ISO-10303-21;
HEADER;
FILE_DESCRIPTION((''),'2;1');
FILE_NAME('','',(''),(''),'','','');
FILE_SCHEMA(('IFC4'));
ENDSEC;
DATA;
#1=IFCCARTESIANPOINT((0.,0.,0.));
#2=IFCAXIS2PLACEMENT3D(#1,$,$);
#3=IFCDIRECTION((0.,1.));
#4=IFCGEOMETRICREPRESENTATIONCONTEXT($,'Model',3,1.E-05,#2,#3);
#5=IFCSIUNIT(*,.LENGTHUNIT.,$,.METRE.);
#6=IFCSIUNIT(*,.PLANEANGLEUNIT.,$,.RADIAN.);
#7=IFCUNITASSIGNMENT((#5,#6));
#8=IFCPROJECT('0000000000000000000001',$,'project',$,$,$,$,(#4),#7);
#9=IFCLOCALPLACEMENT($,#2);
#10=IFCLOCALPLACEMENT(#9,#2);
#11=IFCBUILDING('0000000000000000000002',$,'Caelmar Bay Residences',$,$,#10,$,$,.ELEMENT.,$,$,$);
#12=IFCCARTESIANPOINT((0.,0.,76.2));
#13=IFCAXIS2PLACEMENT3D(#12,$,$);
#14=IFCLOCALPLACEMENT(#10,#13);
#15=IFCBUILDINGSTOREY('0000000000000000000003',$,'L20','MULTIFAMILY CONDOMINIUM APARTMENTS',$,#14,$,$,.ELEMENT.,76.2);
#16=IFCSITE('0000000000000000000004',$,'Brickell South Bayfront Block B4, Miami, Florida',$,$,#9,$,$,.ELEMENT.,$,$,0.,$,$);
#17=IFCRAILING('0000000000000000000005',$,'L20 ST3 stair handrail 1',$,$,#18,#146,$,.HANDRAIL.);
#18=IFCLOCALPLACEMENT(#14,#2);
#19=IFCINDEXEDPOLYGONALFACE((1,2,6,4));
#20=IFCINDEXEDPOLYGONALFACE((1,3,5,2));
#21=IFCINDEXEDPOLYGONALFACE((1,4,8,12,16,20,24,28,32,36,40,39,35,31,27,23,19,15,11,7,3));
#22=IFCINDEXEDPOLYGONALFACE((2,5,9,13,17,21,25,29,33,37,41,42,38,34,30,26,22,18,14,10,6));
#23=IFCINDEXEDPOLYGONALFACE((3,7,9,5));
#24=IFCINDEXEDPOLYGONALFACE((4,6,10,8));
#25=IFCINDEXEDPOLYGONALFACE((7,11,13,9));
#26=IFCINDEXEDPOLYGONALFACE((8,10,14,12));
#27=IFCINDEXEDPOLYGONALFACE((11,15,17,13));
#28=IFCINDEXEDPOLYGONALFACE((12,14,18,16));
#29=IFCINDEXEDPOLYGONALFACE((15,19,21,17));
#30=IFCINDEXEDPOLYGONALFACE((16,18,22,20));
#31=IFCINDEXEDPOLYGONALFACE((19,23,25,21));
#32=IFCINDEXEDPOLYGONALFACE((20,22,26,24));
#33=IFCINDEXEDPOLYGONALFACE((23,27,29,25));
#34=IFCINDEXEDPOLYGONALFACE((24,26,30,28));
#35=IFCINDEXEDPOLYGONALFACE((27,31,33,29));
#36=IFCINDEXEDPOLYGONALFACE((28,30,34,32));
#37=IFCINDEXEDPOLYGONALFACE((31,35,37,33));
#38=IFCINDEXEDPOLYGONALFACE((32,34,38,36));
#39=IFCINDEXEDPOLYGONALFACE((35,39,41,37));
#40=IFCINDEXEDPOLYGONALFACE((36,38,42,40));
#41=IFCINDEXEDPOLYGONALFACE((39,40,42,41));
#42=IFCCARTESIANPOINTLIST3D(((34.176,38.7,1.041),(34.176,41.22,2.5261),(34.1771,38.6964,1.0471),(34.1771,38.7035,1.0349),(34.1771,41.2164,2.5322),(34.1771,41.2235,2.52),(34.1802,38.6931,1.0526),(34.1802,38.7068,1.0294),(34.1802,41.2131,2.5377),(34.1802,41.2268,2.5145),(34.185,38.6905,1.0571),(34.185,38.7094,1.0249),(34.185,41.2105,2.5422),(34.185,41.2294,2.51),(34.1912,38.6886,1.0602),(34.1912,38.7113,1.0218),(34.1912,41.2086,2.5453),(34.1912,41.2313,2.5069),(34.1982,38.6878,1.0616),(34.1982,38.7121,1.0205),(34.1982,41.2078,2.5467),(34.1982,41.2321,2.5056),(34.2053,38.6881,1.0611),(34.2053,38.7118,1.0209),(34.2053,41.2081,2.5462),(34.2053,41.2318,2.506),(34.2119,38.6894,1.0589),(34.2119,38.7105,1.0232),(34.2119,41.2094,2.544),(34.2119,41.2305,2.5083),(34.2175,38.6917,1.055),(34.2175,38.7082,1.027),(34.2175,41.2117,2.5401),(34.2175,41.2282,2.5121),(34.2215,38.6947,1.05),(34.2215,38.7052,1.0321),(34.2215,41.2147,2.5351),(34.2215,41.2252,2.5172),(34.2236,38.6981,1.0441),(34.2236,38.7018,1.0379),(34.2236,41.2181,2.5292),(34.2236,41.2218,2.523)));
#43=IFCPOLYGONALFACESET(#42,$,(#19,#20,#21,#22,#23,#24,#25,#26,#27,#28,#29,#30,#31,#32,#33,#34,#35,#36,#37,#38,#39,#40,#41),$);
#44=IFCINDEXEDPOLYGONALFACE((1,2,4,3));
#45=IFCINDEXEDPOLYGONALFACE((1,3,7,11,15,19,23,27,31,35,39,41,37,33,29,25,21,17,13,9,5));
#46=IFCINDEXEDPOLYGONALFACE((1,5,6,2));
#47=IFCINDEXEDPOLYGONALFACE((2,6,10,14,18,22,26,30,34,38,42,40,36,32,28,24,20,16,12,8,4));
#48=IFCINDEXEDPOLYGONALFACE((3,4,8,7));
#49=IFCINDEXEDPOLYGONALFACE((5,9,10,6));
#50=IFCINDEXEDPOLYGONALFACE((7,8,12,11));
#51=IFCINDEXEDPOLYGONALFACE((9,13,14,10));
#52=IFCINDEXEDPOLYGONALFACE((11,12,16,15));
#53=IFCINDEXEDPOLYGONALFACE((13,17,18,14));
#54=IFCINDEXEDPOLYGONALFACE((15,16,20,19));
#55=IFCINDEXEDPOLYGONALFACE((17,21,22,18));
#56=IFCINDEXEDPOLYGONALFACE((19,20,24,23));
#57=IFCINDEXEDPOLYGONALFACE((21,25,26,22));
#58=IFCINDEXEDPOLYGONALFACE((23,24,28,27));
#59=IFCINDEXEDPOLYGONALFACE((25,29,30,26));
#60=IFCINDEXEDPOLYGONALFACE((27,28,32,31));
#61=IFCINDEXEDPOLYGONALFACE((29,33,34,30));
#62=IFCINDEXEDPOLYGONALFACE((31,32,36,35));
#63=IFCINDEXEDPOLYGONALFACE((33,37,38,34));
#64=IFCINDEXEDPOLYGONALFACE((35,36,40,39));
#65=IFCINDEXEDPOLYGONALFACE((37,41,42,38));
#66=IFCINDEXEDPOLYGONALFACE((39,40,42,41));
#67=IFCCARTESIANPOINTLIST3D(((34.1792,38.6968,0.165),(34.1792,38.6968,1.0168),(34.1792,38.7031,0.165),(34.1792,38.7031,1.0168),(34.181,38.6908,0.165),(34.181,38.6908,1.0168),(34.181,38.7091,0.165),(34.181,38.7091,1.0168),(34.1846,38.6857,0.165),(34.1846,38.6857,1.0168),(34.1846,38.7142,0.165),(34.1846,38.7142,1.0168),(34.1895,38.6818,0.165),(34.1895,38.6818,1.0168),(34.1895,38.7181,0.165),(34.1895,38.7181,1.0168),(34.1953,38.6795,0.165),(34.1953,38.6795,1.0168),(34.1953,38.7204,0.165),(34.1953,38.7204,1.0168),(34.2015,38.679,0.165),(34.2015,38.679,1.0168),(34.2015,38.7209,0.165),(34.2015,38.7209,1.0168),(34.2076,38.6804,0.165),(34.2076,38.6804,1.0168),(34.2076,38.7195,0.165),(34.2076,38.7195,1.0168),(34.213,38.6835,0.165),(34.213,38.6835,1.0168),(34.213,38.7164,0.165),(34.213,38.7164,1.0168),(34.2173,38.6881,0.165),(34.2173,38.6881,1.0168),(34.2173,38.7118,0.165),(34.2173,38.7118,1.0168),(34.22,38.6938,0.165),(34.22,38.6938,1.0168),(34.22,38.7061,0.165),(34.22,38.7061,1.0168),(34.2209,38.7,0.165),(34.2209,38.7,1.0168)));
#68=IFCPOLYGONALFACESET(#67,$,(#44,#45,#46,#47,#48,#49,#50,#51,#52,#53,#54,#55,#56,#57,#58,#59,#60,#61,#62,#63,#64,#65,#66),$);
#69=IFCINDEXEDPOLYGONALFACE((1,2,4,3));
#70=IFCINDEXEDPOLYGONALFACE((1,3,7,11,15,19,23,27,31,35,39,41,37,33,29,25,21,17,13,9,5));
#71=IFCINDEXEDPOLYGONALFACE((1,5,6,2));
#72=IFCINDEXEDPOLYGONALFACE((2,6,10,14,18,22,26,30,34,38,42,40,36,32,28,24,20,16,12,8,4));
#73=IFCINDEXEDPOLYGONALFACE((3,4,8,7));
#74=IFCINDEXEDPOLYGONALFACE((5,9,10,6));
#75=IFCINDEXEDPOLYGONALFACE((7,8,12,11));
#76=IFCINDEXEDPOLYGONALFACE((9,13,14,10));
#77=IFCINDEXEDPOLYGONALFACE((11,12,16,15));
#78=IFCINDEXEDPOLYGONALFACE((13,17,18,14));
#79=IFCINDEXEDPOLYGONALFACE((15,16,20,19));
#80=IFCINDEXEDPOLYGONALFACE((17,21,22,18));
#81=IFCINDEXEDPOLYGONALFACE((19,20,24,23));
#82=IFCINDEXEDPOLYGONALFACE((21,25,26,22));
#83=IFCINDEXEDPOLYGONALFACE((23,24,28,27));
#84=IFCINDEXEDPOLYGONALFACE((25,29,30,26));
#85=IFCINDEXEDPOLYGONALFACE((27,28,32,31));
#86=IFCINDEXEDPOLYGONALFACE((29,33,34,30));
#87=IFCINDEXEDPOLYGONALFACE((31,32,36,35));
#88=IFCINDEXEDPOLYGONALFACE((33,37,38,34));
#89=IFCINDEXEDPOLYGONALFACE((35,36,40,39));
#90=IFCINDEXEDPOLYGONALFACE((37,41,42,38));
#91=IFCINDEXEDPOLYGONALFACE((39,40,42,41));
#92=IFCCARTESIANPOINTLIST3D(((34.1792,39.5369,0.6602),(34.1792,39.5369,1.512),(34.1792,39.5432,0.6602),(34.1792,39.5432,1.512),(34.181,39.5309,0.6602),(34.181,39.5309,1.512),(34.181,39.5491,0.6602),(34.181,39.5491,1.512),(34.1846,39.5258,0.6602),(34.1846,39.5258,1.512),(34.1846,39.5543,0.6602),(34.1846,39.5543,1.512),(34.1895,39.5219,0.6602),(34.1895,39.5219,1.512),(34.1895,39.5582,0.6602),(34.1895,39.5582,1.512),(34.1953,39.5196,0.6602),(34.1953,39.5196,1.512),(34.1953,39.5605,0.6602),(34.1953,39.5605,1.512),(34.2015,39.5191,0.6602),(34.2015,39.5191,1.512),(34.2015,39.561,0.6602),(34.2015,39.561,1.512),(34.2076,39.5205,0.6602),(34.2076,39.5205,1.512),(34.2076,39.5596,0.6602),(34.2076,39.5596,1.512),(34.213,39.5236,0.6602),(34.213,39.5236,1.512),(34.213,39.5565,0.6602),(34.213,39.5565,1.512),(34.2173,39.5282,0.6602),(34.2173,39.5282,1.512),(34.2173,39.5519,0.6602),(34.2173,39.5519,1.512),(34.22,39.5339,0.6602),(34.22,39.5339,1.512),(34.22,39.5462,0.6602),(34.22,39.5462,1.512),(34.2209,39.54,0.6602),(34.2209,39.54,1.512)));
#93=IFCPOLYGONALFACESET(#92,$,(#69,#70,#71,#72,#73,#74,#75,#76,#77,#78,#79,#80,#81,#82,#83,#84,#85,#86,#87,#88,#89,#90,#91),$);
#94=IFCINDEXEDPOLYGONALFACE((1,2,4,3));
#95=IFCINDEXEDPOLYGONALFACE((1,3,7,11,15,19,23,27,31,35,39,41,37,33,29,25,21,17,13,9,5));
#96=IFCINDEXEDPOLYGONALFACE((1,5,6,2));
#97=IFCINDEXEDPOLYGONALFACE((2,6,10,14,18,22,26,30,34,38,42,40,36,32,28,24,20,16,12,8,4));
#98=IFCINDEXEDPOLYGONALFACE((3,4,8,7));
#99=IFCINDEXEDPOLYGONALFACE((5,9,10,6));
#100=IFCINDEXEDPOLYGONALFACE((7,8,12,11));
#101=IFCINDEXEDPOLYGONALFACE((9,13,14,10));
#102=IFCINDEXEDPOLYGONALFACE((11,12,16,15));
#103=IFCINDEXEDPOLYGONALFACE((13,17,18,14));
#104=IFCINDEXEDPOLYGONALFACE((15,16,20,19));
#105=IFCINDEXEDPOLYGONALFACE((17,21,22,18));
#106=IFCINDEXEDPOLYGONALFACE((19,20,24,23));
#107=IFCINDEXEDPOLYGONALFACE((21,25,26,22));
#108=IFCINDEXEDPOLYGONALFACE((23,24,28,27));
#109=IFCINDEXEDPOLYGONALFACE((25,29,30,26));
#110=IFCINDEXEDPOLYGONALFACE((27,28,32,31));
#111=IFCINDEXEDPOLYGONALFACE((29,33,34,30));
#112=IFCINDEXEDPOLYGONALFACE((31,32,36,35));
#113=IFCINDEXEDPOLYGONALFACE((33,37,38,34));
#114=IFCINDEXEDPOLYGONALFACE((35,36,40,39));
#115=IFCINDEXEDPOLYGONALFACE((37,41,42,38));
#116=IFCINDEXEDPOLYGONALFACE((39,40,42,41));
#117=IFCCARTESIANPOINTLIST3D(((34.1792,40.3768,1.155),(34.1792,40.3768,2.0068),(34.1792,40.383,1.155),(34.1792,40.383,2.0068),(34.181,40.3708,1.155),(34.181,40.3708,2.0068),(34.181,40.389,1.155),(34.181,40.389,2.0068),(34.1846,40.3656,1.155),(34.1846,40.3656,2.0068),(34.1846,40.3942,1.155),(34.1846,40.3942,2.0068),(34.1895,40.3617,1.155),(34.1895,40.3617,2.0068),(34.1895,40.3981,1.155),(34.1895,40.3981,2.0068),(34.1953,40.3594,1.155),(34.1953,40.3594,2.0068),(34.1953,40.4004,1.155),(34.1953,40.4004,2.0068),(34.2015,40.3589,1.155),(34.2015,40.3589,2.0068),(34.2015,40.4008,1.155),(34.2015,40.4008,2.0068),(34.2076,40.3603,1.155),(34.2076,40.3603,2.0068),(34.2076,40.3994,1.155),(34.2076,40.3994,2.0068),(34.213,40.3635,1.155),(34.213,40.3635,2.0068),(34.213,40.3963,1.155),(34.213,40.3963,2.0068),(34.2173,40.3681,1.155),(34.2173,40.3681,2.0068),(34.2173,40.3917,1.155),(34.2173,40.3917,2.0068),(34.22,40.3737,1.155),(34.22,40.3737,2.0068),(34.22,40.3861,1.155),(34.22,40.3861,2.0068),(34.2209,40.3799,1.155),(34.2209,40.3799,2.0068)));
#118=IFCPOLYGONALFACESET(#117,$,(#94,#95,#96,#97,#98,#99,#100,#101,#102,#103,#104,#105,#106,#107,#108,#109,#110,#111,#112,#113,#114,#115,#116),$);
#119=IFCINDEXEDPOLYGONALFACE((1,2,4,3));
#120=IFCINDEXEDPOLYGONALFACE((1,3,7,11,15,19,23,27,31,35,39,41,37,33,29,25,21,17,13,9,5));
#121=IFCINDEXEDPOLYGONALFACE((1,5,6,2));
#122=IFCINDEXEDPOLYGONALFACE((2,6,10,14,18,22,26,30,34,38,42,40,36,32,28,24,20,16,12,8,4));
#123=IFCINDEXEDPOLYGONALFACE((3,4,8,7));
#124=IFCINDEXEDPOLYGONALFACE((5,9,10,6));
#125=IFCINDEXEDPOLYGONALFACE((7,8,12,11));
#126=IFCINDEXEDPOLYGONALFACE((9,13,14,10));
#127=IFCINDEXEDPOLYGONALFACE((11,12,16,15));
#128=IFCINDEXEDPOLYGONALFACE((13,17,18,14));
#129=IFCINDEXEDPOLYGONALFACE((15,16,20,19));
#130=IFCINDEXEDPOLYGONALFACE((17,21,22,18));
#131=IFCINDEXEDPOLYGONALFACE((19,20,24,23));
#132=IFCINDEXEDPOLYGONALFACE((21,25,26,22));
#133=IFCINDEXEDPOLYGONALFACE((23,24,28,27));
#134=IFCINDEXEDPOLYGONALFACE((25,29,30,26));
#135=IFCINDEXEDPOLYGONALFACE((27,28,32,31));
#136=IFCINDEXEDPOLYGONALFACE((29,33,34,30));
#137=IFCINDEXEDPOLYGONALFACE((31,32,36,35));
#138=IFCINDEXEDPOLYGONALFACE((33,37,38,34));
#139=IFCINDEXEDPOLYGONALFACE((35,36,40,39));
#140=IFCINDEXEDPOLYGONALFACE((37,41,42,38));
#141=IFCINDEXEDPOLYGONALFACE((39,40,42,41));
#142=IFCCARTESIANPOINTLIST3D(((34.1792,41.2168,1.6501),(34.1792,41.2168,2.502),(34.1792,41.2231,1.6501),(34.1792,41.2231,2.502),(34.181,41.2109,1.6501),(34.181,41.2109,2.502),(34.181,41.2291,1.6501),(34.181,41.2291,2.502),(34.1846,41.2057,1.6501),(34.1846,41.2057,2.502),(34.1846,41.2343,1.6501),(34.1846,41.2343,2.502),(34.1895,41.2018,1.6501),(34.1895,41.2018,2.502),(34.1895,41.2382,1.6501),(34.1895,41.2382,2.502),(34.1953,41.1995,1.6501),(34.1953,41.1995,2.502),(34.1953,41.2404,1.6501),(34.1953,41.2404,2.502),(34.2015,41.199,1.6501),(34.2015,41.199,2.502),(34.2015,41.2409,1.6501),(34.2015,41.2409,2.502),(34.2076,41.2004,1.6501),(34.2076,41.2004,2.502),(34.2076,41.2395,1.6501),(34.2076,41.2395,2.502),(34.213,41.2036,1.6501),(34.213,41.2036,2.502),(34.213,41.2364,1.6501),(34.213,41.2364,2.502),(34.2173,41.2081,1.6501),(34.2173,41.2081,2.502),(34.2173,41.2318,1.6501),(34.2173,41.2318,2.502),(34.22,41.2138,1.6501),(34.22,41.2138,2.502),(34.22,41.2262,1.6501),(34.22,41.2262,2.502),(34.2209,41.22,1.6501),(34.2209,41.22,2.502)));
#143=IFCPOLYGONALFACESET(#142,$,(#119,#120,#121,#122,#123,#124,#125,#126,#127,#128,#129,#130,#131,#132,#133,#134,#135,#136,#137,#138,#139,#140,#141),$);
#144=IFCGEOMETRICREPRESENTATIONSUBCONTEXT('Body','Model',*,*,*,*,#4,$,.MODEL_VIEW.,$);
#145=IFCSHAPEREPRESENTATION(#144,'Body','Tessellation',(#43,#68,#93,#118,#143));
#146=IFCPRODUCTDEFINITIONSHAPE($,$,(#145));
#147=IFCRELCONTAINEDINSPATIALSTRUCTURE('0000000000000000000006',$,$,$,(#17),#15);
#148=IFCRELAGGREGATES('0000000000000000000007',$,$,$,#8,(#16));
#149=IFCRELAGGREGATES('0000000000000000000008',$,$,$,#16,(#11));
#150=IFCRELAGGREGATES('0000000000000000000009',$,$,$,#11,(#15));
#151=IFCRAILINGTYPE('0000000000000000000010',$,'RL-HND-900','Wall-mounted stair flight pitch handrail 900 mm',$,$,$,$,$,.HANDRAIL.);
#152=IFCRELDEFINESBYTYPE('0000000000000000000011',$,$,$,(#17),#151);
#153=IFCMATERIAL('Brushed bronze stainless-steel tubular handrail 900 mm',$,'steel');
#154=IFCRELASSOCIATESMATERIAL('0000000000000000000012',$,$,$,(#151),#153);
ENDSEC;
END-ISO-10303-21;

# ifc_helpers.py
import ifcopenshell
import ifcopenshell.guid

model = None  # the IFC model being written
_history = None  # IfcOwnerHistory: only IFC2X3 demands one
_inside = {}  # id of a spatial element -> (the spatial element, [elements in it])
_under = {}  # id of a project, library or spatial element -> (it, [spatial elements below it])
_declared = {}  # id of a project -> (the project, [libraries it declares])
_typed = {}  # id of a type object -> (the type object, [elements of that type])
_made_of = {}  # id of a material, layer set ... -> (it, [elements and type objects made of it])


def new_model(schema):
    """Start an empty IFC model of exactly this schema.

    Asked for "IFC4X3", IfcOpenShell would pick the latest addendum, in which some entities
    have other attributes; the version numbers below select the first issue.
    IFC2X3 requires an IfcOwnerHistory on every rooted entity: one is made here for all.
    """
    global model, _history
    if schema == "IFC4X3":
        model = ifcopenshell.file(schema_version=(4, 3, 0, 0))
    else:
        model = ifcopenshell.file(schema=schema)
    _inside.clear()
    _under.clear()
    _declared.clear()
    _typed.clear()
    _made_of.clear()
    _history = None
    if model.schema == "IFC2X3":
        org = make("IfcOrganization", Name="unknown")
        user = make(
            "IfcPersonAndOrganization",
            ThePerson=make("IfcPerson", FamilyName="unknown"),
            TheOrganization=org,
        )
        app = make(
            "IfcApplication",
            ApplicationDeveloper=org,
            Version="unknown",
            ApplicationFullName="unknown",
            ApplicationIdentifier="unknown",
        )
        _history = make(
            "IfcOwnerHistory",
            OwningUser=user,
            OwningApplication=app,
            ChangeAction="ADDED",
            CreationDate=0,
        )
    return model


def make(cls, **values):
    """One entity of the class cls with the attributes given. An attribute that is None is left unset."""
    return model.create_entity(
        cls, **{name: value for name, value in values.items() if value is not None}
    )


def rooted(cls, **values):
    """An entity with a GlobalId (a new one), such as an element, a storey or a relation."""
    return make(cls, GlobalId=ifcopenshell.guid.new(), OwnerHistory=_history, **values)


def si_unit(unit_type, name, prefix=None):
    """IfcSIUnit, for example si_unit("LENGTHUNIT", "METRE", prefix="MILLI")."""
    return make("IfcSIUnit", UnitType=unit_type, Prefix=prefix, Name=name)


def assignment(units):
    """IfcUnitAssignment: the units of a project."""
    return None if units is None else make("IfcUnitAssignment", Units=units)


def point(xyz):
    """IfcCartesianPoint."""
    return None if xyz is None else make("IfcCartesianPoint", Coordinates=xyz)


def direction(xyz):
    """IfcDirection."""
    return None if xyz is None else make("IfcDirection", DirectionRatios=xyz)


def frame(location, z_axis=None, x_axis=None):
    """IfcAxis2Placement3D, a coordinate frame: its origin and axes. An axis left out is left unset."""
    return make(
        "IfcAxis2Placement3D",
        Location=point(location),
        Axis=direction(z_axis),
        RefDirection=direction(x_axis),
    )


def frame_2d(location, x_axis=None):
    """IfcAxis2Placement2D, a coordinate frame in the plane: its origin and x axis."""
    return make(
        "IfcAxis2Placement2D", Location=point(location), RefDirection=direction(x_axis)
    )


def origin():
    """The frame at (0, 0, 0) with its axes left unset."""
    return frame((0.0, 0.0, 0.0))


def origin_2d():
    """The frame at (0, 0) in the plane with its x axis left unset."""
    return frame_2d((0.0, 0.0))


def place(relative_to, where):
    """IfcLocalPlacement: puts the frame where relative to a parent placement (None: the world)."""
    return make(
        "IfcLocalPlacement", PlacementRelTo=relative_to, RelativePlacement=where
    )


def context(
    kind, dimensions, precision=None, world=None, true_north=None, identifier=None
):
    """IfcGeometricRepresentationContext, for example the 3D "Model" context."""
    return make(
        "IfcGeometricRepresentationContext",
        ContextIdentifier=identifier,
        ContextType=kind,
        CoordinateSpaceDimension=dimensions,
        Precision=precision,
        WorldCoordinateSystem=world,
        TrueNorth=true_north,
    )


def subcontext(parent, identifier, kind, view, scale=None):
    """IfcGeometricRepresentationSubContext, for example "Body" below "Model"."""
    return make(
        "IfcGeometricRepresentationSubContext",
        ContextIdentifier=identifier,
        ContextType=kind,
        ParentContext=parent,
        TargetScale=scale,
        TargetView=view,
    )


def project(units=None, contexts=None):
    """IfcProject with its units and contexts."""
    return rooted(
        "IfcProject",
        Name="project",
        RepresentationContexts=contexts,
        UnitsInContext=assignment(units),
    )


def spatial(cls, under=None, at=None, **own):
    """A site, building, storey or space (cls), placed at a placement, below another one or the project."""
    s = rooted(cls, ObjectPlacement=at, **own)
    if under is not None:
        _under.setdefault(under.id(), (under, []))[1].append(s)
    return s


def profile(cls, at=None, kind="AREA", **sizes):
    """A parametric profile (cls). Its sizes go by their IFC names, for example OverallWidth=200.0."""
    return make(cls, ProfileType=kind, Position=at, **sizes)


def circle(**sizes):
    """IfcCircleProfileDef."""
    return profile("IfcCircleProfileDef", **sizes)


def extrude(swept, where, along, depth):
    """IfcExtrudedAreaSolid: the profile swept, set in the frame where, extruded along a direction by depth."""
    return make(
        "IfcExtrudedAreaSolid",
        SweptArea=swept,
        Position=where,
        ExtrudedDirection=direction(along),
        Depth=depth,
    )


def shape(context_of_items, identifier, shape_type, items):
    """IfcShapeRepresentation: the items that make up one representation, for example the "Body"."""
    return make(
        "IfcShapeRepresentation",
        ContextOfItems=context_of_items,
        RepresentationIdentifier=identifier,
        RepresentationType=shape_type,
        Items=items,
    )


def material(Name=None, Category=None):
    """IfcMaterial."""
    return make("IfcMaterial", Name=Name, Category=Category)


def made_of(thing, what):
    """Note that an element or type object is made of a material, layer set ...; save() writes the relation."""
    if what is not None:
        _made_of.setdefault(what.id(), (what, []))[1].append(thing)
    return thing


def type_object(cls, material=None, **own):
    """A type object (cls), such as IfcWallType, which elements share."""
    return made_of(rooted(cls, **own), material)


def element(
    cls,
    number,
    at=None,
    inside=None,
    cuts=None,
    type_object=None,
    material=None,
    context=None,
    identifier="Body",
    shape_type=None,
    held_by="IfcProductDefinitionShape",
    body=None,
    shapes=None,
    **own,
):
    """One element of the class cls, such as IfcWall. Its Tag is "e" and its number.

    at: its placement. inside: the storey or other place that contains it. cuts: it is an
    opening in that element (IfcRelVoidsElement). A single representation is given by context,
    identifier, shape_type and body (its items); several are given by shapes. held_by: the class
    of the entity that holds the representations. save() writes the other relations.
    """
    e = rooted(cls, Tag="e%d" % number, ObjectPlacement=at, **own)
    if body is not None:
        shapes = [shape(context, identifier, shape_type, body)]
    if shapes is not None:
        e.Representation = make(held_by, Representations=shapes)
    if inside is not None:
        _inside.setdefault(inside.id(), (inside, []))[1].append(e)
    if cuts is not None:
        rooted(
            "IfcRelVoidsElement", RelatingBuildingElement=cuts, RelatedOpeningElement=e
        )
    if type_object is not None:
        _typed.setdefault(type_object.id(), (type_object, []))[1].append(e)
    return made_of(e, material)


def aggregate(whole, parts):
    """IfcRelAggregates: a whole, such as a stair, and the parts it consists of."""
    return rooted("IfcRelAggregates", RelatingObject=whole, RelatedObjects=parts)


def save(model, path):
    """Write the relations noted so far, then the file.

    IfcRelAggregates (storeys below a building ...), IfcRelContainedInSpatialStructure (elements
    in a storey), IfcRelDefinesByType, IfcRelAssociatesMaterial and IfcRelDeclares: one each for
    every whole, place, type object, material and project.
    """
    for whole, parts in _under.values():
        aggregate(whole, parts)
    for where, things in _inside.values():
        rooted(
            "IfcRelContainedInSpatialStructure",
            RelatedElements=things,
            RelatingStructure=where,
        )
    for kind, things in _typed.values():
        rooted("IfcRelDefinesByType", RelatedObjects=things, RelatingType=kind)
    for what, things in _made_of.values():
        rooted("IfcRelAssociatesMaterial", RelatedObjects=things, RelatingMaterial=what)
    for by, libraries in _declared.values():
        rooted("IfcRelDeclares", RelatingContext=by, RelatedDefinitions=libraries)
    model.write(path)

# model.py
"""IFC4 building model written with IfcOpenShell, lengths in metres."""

from ifc_helpers import new_model, si_unit, direction, frame, origin, origin_2d, place, context, subcontext, project, spatial, circle, extrude, material, type_object, element, save


model = new_model("IFC4")

# Units and contexts
model_context = context("Model", 3, precision=1e-05, world=origin(), true_north=direction((0.0, 1.0)))
body_context = subcontext(model_context, "Body", "Model", "MODEL_VIEW")
ifc_project = project(units=[si_unit("LENGTHUNIT", "METRE"), si_unit("PLANEANGLEUNIT", "RADIAN")], contexts=[model_context])

# Site, building, storey
site_placement = place(None, origin())
site = spatial("IfcSite", under=ifc_project, at=site_placement, Name="Brickell South Bayfront Block B4, Miami, Florida", CompositionType="ELEMENT", RefElevation=0.0)
building_placement = place(site_placement, origin())
building = spatial("IfcBuilding", under=site, at=building_placement, Name="Caelmar Bay Residences", CompositionType="ELEMENT")
storey_placement = place(building_placement, frame((0.0, 0.0, 76.2)))
storey = spatial("IfcBuildingStorey", under=building, at=storey_placement, Name="L20", Description="MULTIFAMILY CONDOMINIUM APARTMENTS", CompositionType="ELEMENT", Elevation=76.2)

# Railing
ifc_material_1 = material(Name="Brushed bronze stainless-steel tubular handrail 900 mm", Category="steel")
railing_type_1 = type_object("IfcRailingType", Name="RL-HND-900", Description="Wall-mounted stair flight pitch handrail 900 mm", PredefinedType="HANDRAIL", material=ifc_material_1)
railing_1_placement = place(storey_placement, frame((34.2, 38.7, 0.165)))
element("IfcRailing", 1, at=railing_1_placement, inside=storey, type_object=railing_type_1, Name="L20 ST3 stair handrail 1", PredefinedType="HANDRAIL", context=body_context, shape_type="SweptSolid", body=[
    extrude(circle(Radius=0.0239, at=origin_2d()), frame((0.0, 0.0, 0.876), z_axis=(0.0, 0.861524, 0.507717), x_axis=(-1.0, 0.0, 0.0)), (0.0, 0.0, 1.0), 2.925),
    extrude(circle(Radius=0.021, at=origin_2d()), origin(), (0.0, 0.0, 1.0), 0.8518),
    extrude(circle(Radius=0.021, at=origin_2d()), frame((0.0, 0.8401, 0.4951)), (0.0, 0.0, 1.0), 0.8518),
    extrude(circle(Radius=0.021, at=origin_2d()), frame((0.0, 1.6799, 0.99)), (0.0, 0.0, 1.0), 0.8518),
    extrude(circle(Radius=0.021, at=origin_2d()), frame((0.0, 2.52, 1.4851)), (0.0, 0.0, 1.0), 0.8518),
])

save(model, "model.ifc")
